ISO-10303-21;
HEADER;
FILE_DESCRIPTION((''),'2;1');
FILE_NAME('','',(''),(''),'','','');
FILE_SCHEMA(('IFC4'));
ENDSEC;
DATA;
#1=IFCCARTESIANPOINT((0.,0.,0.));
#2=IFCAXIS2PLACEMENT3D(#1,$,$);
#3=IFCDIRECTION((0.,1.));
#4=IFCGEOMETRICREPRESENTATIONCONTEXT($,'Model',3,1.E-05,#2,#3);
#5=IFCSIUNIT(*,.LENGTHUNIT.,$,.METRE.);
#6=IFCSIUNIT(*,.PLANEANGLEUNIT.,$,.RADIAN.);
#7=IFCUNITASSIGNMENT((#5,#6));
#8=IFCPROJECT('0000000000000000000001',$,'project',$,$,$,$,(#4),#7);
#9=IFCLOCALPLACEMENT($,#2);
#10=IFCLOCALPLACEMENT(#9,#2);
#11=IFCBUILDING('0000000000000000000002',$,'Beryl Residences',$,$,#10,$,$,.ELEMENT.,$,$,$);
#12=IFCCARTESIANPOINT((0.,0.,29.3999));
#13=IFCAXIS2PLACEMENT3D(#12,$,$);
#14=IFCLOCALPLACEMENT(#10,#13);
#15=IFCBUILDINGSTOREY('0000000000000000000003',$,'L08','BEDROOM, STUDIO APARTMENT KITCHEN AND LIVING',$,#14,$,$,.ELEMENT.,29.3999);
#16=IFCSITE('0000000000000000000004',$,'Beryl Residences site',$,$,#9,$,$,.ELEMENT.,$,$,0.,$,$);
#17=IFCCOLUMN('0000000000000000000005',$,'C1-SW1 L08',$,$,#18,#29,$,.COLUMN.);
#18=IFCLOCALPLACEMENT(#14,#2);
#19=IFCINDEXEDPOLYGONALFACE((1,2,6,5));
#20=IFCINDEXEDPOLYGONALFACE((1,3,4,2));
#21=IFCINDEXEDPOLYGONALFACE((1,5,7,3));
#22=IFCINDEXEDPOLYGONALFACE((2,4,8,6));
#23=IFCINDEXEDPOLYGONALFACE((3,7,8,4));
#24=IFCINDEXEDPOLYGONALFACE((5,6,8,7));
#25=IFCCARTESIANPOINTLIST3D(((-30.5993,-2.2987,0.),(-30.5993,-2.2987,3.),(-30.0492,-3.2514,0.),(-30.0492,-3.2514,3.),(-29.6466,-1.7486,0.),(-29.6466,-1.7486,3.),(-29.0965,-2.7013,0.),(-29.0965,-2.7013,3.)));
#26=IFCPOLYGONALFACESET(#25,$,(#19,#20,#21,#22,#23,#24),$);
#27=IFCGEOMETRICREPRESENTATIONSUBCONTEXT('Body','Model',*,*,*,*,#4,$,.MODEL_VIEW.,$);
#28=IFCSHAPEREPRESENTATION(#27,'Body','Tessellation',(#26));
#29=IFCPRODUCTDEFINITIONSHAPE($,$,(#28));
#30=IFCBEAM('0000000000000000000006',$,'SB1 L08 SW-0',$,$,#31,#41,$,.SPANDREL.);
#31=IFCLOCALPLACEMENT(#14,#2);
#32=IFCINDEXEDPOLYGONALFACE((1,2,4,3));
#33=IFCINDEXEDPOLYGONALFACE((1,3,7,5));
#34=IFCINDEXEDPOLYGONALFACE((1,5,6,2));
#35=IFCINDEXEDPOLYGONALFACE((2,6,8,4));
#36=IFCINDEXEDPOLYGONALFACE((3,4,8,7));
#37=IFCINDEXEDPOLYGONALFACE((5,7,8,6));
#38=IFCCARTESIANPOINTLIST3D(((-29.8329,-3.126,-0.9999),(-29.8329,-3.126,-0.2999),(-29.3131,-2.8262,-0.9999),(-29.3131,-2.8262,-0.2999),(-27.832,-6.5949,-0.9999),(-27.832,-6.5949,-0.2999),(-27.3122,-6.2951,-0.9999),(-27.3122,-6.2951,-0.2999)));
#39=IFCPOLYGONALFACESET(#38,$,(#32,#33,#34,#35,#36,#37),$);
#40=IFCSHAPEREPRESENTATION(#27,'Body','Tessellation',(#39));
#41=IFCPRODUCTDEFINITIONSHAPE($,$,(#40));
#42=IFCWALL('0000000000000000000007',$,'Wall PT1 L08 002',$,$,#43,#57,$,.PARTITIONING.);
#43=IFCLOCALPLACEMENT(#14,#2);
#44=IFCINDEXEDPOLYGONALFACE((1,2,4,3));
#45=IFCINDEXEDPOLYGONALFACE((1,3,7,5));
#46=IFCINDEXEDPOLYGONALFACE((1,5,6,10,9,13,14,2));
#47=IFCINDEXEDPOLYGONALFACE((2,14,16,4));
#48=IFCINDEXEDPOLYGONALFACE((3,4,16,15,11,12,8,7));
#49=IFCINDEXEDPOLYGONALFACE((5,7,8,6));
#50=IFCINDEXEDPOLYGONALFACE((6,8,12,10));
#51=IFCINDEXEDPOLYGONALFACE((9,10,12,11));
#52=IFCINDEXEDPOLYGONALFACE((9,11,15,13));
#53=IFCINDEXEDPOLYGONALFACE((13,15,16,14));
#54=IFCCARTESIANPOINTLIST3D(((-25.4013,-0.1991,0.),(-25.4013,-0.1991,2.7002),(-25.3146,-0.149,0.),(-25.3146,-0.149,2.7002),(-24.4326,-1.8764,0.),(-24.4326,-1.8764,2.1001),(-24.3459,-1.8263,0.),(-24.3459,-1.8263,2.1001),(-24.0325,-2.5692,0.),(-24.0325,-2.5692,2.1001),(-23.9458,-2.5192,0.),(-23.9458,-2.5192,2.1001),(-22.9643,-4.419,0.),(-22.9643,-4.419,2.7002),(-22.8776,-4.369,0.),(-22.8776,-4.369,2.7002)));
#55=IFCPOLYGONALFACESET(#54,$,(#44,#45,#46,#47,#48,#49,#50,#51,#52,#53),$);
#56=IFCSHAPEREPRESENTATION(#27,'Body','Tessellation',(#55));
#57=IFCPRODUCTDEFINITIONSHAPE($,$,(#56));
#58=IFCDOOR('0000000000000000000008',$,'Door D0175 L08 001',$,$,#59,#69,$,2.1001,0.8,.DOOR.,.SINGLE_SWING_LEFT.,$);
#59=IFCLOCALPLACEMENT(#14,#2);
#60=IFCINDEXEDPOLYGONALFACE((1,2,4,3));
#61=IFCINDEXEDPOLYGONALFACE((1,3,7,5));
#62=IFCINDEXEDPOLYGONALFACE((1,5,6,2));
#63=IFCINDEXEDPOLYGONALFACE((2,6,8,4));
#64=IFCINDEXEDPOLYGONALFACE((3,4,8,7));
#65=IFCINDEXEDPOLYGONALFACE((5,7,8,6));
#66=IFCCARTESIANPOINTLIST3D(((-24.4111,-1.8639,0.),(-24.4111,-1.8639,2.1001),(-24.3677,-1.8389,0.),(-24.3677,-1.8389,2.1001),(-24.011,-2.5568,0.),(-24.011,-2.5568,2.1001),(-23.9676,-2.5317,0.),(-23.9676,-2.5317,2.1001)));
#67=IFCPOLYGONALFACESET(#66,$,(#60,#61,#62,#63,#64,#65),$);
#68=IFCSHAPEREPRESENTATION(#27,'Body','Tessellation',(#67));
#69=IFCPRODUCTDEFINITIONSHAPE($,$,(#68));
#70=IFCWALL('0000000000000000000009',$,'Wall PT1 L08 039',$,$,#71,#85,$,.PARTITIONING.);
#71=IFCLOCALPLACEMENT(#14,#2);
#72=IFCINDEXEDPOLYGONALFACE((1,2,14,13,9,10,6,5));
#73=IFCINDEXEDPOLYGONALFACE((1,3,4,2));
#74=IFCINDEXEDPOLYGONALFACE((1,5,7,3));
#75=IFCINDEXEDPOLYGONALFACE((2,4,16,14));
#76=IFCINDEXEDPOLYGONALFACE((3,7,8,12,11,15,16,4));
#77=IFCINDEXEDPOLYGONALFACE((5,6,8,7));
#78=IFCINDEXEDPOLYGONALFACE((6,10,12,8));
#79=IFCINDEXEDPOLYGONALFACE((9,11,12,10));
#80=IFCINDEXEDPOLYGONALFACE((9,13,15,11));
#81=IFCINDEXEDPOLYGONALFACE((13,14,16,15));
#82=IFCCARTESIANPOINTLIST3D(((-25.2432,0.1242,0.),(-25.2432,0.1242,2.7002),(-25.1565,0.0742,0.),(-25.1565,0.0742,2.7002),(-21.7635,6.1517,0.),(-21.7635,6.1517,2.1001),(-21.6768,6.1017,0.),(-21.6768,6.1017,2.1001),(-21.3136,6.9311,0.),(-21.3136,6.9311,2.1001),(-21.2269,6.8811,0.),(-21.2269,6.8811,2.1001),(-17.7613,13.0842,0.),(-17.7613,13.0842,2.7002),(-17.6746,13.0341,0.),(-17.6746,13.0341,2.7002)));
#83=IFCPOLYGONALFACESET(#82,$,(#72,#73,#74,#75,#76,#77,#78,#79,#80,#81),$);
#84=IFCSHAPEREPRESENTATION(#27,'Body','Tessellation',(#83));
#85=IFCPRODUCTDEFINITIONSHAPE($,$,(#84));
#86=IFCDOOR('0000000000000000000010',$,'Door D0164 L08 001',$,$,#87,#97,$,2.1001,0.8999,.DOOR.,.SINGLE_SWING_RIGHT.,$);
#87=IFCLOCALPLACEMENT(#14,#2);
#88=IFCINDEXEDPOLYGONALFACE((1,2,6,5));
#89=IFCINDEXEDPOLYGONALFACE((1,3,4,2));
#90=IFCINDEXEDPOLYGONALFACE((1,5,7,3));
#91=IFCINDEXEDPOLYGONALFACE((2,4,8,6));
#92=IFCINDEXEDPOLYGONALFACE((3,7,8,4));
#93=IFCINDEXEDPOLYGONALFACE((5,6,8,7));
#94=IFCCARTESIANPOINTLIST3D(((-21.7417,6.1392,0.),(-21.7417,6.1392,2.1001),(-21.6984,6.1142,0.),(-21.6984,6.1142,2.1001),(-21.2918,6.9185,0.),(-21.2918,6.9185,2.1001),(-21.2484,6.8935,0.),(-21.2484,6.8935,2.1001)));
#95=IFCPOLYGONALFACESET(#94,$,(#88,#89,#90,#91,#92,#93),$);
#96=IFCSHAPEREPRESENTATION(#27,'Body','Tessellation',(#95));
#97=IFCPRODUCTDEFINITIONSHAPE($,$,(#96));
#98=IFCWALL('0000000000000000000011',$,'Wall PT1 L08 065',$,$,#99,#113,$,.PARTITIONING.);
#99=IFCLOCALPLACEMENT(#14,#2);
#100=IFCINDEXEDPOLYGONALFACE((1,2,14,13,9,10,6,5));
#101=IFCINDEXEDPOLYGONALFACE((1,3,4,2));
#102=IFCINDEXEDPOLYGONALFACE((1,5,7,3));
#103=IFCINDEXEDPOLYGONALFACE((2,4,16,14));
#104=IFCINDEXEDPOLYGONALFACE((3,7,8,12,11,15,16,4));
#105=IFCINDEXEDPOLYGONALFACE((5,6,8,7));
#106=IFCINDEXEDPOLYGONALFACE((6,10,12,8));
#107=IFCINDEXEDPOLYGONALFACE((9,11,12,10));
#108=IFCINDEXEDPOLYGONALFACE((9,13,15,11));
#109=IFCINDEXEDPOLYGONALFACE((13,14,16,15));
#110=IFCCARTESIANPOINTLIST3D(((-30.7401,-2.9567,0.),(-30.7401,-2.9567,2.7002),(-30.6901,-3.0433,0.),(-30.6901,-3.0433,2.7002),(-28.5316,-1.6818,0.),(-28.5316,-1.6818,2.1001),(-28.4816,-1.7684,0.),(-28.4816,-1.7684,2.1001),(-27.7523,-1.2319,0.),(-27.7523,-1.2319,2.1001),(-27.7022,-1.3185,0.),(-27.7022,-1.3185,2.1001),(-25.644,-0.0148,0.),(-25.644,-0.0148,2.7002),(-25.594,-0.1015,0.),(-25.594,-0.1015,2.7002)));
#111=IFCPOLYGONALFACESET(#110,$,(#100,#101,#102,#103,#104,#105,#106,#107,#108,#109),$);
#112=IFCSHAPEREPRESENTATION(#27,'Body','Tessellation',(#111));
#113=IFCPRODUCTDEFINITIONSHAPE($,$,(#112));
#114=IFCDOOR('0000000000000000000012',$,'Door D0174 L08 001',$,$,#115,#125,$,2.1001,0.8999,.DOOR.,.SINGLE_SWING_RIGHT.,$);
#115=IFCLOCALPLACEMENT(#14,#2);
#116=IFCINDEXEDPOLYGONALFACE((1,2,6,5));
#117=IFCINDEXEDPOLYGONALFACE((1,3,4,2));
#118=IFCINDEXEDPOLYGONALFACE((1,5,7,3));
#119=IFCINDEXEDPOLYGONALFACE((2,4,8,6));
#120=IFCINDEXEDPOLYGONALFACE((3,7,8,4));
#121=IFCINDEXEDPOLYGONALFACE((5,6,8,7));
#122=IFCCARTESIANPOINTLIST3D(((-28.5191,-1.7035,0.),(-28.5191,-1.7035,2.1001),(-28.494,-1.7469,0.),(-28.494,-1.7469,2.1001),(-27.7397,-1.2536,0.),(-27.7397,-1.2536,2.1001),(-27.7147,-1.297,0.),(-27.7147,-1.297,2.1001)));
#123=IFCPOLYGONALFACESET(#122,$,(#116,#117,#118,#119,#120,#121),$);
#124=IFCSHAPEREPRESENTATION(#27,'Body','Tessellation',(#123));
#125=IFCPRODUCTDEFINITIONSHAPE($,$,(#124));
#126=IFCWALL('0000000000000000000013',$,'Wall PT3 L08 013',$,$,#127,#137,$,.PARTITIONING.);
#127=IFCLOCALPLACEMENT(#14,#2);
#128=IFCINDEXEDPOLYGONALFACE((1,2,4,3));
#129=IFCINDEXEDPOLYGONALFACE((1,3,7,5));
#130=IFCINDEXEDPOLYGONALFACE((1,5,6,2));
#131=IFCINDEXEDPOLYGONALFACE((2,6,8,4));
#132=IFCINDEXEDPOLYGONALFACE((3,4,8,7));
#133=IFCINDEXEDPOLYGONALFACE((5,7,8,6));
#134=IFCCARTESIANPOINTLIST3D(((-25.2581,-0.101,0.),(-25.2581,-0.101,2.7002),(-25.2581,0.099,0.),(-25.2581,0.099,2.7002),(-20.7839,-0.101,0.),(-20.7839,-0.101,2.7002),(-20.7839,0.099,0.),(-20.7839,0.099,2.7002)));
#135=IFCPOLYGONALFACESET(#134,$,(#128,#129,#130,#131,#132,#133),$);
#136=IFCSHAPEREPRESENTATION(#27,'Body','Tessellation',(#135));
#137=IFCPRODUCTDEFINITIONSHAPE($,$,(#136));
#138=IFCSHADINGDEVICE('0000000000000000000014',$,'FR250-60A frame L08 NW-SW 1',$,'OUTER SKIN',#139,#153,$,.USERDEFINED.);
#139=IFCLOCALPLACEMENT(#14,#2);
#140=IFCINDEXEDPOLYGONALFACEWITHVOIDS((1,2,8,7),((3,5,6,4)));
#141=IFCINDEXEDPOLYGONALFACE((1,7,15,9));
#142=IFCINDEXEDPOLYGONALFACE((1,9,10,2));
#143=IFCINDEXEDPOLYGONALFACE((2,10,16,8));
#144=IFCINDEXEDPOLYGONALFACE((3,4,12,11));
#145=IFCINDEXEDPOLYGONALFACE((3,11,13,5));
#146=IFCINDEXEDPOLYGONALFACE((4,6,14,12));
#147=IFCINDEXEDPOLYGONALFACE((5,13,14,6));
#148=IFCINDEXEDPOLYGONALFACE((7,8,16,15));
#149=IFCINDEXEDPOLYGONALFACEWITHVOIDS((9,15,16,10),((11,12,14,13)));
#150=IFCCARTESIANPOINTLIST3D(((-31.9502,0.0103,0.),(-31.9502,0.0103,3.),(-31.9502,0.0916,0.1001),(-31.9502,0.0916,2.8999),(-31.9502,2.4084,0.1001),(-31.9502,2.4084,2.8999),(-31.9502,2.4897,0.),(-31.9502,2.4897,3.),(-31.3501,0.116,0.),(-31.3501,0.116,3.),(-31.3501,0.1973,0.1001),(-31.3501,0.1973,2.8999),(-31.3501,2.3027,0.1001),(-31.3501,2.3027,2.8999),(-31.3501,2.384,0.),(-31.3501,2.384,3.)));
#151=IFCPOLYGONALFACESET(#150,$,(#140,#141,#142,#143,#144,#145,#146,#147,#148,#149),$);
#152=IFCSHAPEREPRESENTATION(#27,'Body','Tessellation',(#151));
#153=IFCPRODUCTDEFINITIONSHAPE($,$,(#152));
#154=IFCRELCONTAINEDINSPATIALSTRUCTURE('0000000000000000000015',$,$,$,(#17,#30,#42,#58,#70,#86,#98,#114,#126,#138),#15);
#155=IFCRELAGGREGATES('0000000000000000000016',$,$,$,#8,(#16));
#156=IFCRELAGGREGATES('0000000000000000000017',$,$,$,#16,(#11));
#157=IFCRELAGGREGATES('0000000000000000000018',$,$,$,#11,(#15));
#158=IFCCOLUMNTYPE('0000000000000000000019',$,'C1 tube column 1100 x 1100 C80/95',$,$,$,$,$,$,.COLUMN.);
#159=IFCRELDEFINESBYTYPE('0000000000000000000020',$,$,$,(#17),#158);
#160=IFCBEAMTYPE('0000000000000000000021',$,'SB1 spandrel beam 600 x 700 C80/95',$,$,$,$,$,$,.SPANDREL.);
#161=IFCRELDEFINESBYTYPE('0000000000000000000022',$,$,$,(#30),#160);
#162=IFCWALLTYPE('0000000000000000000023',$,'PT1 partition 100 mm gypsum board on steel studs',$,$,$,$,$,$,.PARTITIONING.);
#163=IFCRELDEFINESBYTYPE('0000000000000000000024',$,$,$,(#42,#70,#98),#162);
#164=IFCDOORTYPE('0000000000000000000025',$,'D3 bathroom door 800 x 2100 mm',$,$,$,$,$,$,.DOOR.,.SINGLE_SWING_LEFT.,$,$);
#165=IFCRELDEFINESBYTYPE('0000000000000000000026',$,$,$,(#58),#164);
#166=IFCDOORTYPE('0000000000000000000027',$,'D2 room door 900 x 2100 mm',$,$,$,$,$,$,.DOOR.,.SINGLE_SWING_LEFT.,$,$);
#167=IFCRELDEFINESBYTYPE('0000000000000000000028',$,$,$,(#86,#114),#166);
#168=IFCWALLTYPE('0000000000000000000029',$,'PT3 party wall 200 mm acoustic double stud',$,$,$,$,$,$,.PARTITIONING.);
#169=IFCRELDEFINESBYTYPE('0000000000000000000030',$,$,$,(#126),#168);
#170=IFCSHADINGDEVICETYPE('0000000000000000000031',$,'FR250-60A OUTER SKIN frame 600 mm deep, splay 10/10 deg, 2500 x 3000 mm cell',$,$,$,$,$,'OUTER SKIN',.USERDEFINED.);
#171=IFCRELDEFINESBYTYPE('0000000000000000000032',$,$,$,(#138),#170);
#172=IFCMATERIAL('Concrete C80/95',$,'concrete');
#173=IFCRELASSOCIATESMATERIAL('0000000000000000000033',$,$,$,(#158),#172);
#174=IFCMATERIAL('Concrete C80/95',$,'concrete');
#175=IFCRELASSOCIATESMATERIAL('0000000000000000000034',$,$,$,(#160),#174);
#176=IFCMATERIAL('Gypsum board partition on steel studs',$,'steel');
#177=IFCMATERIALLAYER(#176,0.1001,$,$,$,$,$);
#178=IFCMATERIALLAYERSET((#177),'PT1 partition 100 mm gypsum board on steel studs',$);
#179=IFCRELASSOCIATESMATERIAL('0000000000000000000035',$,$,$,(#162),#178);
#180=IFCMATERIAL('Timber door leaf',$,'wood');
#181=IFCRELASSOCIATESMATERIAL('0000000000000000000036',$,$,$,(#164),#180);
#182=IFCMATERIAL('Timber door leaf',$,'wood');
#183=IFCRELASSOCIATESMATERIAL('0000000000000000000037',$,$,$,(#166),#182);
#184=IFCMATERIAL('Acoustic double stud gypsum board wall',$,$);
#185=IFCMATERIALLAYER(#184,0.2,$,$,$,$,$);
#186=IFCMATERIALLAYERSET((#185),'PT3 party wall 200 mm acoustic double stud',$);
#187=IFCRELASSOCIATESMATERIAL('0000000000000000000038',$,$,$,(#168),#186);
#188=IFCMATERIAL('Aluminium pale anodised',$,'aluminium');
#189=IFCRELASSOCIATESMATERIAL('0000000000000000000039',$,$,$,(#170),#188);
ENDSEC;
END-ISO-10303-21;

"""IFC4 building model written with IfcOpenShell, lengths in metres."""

from ifc_helpers import new_model, entity, si_unit, direction, frame, frame_2d, origin, origin_2d, place, context, subcontext, project, spatial, rectangle, extrude, source, transform, mapped, material, layer, layer_set, material_profile, profile_set, type_object, type_shapes, element, fill, save


model = new_model("IFC4")

# Units and contexts
model_context = context("Model", 3, precision=1e-05, world=origin(), true_north=direction((0.0, 1.0)))
body_context = subcontext(model_context, "Body", "Model", "MODEL_VIEW")
ifc_project = project(units=[si_unit("LENGTHUNIT", "METRE"), si_unit("PLANEANGLEUNIT", "RADIAN")], contexts=[model_context])

# Site, building, storey
site_placement = place(None, origin())
site = spatial("IfcSite", under=ifc_project, at=site_placement, Name="Beryl Residences site", CompositionType="ELEMENT", RefElevation=0.0)
building_placement = place(site_placement, origin())
building = spatial("IfcBuilding", under=site, at=building_placement, Name="Beryl Residences", CompositionType="ELEMENT")
storey_placement = place(building_placement, frame((0.0, 0.0, 29.3999)))
storey = spatial("IfcBuildingStorey", under=building, at=storey_placement, Name="L08", Description="BEDROOM, STUDIO APARTMENT KITCHEN AND LIVING", CompositionType="ELEMENT", Elevation=29.3999)

# Column
ifc_material_1 = material(Name="Concrete C80/95", Category="concrete")
ifc_material_profile_1 = material_profile(ifc_material_1, rectangle(XDim=1.1001, YDim=1.1001, at=origin_2d()))
ifc_profile_set_1 = profile_set([ifc_material_profile_1], Name="Concrete C80/95")
column_type = type_object("IfcColumnType", Name="C1 tube column 1100 x 1100 C80/95", PredefinedType="COLUMN", material=ifc_profile_set_1)
column_placement = place(storey_placement, frame((-29.8479, -2.5, 0.0), z_axis=(0.0, 0.0, 1.0), x_axis=(0.499985, -0.866034, 0.0)))
element("IfcColumn", 1, at=column_placement, inside=storey, type_object=column_type, Name="C1-SW1 L08", PredefinedType="COLUMN", context=body_context, shape_type="SweptSolid", body=[
    extrude(rectangle(XDim=1.1001, YDim=1.1001, at=origin_2d()), origin(), (0.0, 0.0, 1.0), 3.0),
])

# Beam
ifc_material_2 = material(Name="Concrete C80/95", Category="concrete")
ifc_material_profile_2 = material_profile(ifc_material_2, rectangle(XDim=0.6001, YDim=0.7, at=origin_2d()))
ifc_profile_set_2 = profile_set([ifc_material_profile_2], Name="Concrete C80/95")
beam_type = type_object("IfcBeamType", Name="SB1 spandrel beam 600 x 700 C80/95", PredefinedType="SPANDREL", material=ifc_profile_set_2)
beam_placement = place(storey_placement, frame((-29.573, -2.9761, -0.6499), z_axis=(0.499654, -0.866225, 0.0), x_axis=(0.866225, 0.499654, 0.0)))
element("IfcBeam", 2, at=beam_placement, inside=storey, type_object=beam_type, Name="SB1 L08 SW-0", PredefinedType="SPANDREL", context=body_context, shape_type="SweptSolid", body=[
    extrude(rectangle(XDim=0.6001, YDim=0.7, at=origin_2d()), origin(), (0.0, 0.0, 1.0), 4.0046),
])

# Walls, openings, doors
ifc_material_3 = material(Name="Gypsum board partition on steel studs", Category="steel")
ifc_layer_1 = layer(ifc_material_3, 0.1001)
ifc_layer_set_1 = layer_set([ifc_layer_1], Name="PT1 partition 100 mm gypsum board on steel studs")
wall_type_1 = type_object("IfcWallType", Name="PT1 partition 100 mm gypsum board on steel studs", PredefinedType="PARTITIONING", material=ifc_layer_set_1)
wall_1_placement = place(storey_placement, frame((-25.3579, -0.1741, 0.0), z_axis=(0.0, 0.0, 1.0), x_axis=(0.500094, -0.865971, 0.0)))
wall_1 = element("IfcWall", 3, at=wall_1_placement, inside=storey, type_object=wall_type_1, Name="Wall PT1 L08 002", PredefinedType="PARTITIONING", context=body_context, shape_type="SweptSolid", body=[
    extrude(rectangle(XDim=4.873, YDim=0.1001, at=frame_2d((2.4365, 0.0))), origin(), (0.0, 0.0, 1.0), 2.7002),
])
opening_1_placement = place(wall_1_placement, frame((1.937, 0.0, 0.0)))
opening_1 = element("IfcOpeningElement", 4, at=opening_1_placement, cuts=wall_1, PredefinedType="OPENING", context=body_context, shape_type="SweptSolid", body=[
    extrude(rectangle(XDim=0.8, YDim=2.1001, at=frame_2d((0.3999, 1.05))), frame((0.0, 0.0601, 0.0), z_axis=(0.0, -1.0, 0.0), x_axis=(1.0, 0.0, 0.0)), (0.0, 0.0, 1.0), 0.1201),
])
ifc_material_4 = material(Name="Timber door leaf", Category="wood")
door_type_1 = type_object("IfcDoorType", Name="D3 bathroom door 800 x 2100 mm", OperationType="SINGLE_SWING_LEFT", PredefinedType="DOOR", material=ifc_material_4)
door_1_placement = place(opening_1_placement, origin())
door_1 = element("IfcDoor", 5, at=door_1_placement, inside=storey, type_object=door_type_1, Name="Door D0175 L08 001", OperationType="SINGLE_SWING_LEFT", OverallHeight=2.1001, OverallWidth=0.8, PredefinedType="DOOR", context=body_context, shape_type="SweptSolid", body=[
    extrude(rectangle(XDim=0.8, YDim=2.1001, at=frame_2d((0.3999, 1.05))), frame((0.0, 0.0249, 0.0), z_axis=(0.0, -1.0, 0.0), x_axis=(1.0, 0.0, 0.0)), (0.0, 0.0, 1.0), 0.05),
])
fill(opening_1, door_1)
wall_2_placement = place(storey_placement, frame((-25.2, 0.0991, 0.0), z_axis=(0.0, 0.0, 1.0), x_axis=(0.499975, 0.86604, 0.0)))
wall_2 = element("IfcWall", 6, at=wall_2_placement, inside=storey, type_object=wall_type_1, Name="Wall PT1 L08 039", PredefinedType="PARTITIONING", context=body_context, shape_type="SweptSolid", body=[
    extrude(rectangle(XDim=14.9646, YDim=0.1001, at=frame_2d((7.4824, 0.0))), origin(), (0.0, 0.0, 1.0), 2.7002),
])
opening_2_placement = place(wall_2_placement, frame((6.96, 0.0, 0.0)))
opening_2 = element("IfcOpeningElement", 7, at=opening_2_placement, cuts=wall_2, PredefinedType="OPENING", context=body_context, shape_type="SweptSolid", body=[
    extrude(rectangle(XDim=0.8999, YDim=2.1001, at=frame_2d((0.45, 1.05))), frame((0.0, 0.0601, 0.0), z_axis=(0.0, -1.0, 0.0), x_axis=(1.0, 0.0, 0.0)), (0.0, 0.0, 1.0), 0.1201),
])
ifc_material_5 = material(Name="Timber door leaf", Category="wood")
door_type_2 = type_object("IfcDoorType", Name="D2 room door 900 x 2100 mm", OperationType="SINGLE_SWING_LEFT", PredefinedType="DOOR", material=ifc_material_5)
door_2_placement = place(opening_2_placement, origin())
door_2 = element("IfcDoor", 8, at=door_2_placement, inside=storey, type_object=door_type_2, Name="Door D0164 L08 001", OperationType="SINGLE_SWING_RIGHT", OverallHeight=2.1001, OverallWidth=0.8999, PredefinedType="DOOR", context=body_context, shape_type="SweptSolid", body=[
    extrude(rectangle(XDim=0.8999, YDim=2.1001, at=frame_2d((0.45, 1.05))), frame((0.0, 0.0249, 0.0), z_axis=(0.0, -1.0, 0.0), x_axis=(1.0, 0.0, 0.0)), (0.0, 0.0, 1.0), 0.05),
])
fill(opening_2, door_2)
wall_3_placement = place(storey_placement, frame((-30.7151, -3.0, 0.0), z_axis=(0.0, 0.0, 1.0), x_axis=(0.866054, 0.49995, 0.0)))
wall_3 = element("IfcWall", 9, at=wall_3_placement, inside=storey, type_object=wall_type_1, Name="Wall PT1 L08 065", PredefinedType="PARTITIONING", context=body_context, shape_type="SweptSolid", body=[
    extrude(rectangle(XDim=5.8843, YDim=0.1001, at=frame_2d((2.9421, 0.0))), origin(), (0.0, 0.0, 1.0), 2.7002),
])
opening_3_placement = place(wall_3_placement, frame((2.55, 0.0, 0.0)))
opening_3 = element("IfcOpeningElement", 10, at=opening_3_placement, cuts=wall_3, PredefinedType="OPENING", context=body_context, shape_type="SweptSolid", body=[
    extrude(rectangle(XDim=0.8999, YDim=2.1001, at=frame_2d((0.45, 1.05))), frame((0.0, 0.0601, 0.0), z_axis=(0.0, -1.0, 0.0), x_axis=(1.0, 0.0, 0.0)), (0.0, 0.0, 1.0), 0.1201),
])
door_3_placement = place(opening_3_placement, origin())
door_3 = element("IfcDoor", 11, at=door_3_placement, inside=storey, type_object=door_type_2, Name="Door D0174 L08 001", OperationType="SINGLE_SWING_RIGHT", OverallHeight=2.1001, OverallWidth=0.8999, PredefinedType="DOOR", context=body_context, shape_type="SweptSolid", body=[
    extrude(rectangle(XDim=0.8999, YDim=2.1001, at=frame_2d((0.45, 1.05))), frame((0.0, 0.0249, 0.0), z_axis=(0.0, -1.0, 0.0), x_axis=(1.0, 0.0, 0.0)), (0.0, 0.0, 1.0), 0.05),
])
fill(opening_3, door_3)

# Wall
ifc_material_6 = material(Name="Acoustic double stud gypsum board wall")
ifc_layer_2 = layer(ifc_material_6, 0.2)
ifc_layer_set_2 = layer_set([ifc_layer_2], Name="PT3 party wall 200 mm acoustic double stud")
wall_type_2 = type_object("IfcWallType", Name="PT3 party wall 200 mm acoustic double stud", PredefinedType="PARTITIONING", material=ifc_layer_set_2)
wall_4_placement = place(storey_placement, frame((-25.2581, -0.001, 0.0), z_axis=(0.0, 0.0, 1.0), x_axis=(1.0, 0.0, 0.0)))
element("IfcWall", 12, at=wall_4_placement, inside=storey, type_object=wall_type_2, Name="Wall PT3 L08 013", PredefinedType="PARTITIONING", context=body_context, shape_type="SweptSolid", body=[
    extrude(rectangle(XDim=4.4741, YDim=0.2, at=frame_2d((2.2371, 0.0))), origin(), (0.0, 0.0, 1.0), 2.7002),
])

# Shading device
ifc_material_7 = material(Name="Aluminium pale anodised", Category="aluminium")
shading_device_type_1 = type_object("IfcShadingDeviceType", Name="FR250-60A OUTER SKIN frame 600 mm deep, splay 10/10 deg, 2500 x 3000 mm cell", ElementType="OUTER SKIN", PredefinedType="USERDEFINED", material=ifc_material_7)
cartesian_point_1 = entity("IfcCartesianPoint", [-1.134, 0.0])
cartesian_point_2 = entity("IfcCartesianPoint", [-1.0527, 0.1001])
cartesian_point_3 = entity("IfcCartesianPoint", [-1.2397, 0.0])
cartesian_point_4 = entity("IfcCartesianPoint", [-1.1584, 0.1001])
shared_shape_1 = source(origin(), body_context, "Body", "SweptSolid", [
    entity("IfcExtrudedAreaSolidTapered", entity("IfcArbitraryProfileDefWithVoids", "AREA", None, entity("IfcPolyline", [cartesian_point_1, entity("IfcCartesianPoint", [1.134, 0.0]), entity("IfcCartesianPoint", [1.134, 3.0]), entity("IfcCartesianPoint", [-1.134, 3.0]), cartesian_point_1]), [entity("IfcPolyline", [cartesian_point_2, entity("IfcCartesianPoint", [1.0527, 0.1001]), entity("IfcCartesianPoint", [1.0527, 2.8999]), entity("IfcCartesianPoint", [-1.0527, 2.8999]), cartesian_point_2])]), entity("IfcAxis2Placement3D", entity("IfcCartesianPoint", [0.0, 0.0, 0.0]), entity("IfcDirection", [0.0, 1.0, 0.0]), entity("IfcDirection", [-1.0, 0.0, 0.0])), entity("IfcDirection", [0.0, 0.0, 1.0]), 0.6001, entity("IfcArbitraryProfileDefWithVoids", "AREA", None, entity("IfcPolyline", [cartesian_point_3, entity("IfcCartesianPoint", [1.2397, 0.0]), entity("IfcCartesianPoint", [1.2397, 3.0]), entity("IfcCartesianPoint", [-1.2397, 3.0]), cartesian_point_3]), [entity("IfcPolyline", [cartesian_point_4, entity("IfcCartesianPoint", [1.1584, 0.1001]), entity("IfcCartesianPoint", [1.1584, 2.8999]), entity("IfcCartesianPoint", [-1.1584, 2.8999]), cartesian_point_4])])),
])
type_shapes(shading_device_type_1, [shared_shape_1])
for number, where, z_axis, x_axis, name in (
    (13, (-31.3501, 1.25, 0.0), (0.0, 0.0, 1.0), (0.0, 1.0, 0.0), "FR250-60A frame L08 NW-SW 1"),
):
    element("IfcShadingDevice", number, at=place(storey_placement, frame(where, z_axis=z_axis, x_axis=x_axis)), inside=storey, type_object=shading_device_type_1, Name=name, ObjectType="OUTER SKIN", PredefinedType="USERDEFINED", context=body_context, shape_type="MappedRepresentation", body=[
        mapped(shared_shape_1, transform((0.0, 0.0, 0.0))),
    ])

save(model, "model.ifc")
